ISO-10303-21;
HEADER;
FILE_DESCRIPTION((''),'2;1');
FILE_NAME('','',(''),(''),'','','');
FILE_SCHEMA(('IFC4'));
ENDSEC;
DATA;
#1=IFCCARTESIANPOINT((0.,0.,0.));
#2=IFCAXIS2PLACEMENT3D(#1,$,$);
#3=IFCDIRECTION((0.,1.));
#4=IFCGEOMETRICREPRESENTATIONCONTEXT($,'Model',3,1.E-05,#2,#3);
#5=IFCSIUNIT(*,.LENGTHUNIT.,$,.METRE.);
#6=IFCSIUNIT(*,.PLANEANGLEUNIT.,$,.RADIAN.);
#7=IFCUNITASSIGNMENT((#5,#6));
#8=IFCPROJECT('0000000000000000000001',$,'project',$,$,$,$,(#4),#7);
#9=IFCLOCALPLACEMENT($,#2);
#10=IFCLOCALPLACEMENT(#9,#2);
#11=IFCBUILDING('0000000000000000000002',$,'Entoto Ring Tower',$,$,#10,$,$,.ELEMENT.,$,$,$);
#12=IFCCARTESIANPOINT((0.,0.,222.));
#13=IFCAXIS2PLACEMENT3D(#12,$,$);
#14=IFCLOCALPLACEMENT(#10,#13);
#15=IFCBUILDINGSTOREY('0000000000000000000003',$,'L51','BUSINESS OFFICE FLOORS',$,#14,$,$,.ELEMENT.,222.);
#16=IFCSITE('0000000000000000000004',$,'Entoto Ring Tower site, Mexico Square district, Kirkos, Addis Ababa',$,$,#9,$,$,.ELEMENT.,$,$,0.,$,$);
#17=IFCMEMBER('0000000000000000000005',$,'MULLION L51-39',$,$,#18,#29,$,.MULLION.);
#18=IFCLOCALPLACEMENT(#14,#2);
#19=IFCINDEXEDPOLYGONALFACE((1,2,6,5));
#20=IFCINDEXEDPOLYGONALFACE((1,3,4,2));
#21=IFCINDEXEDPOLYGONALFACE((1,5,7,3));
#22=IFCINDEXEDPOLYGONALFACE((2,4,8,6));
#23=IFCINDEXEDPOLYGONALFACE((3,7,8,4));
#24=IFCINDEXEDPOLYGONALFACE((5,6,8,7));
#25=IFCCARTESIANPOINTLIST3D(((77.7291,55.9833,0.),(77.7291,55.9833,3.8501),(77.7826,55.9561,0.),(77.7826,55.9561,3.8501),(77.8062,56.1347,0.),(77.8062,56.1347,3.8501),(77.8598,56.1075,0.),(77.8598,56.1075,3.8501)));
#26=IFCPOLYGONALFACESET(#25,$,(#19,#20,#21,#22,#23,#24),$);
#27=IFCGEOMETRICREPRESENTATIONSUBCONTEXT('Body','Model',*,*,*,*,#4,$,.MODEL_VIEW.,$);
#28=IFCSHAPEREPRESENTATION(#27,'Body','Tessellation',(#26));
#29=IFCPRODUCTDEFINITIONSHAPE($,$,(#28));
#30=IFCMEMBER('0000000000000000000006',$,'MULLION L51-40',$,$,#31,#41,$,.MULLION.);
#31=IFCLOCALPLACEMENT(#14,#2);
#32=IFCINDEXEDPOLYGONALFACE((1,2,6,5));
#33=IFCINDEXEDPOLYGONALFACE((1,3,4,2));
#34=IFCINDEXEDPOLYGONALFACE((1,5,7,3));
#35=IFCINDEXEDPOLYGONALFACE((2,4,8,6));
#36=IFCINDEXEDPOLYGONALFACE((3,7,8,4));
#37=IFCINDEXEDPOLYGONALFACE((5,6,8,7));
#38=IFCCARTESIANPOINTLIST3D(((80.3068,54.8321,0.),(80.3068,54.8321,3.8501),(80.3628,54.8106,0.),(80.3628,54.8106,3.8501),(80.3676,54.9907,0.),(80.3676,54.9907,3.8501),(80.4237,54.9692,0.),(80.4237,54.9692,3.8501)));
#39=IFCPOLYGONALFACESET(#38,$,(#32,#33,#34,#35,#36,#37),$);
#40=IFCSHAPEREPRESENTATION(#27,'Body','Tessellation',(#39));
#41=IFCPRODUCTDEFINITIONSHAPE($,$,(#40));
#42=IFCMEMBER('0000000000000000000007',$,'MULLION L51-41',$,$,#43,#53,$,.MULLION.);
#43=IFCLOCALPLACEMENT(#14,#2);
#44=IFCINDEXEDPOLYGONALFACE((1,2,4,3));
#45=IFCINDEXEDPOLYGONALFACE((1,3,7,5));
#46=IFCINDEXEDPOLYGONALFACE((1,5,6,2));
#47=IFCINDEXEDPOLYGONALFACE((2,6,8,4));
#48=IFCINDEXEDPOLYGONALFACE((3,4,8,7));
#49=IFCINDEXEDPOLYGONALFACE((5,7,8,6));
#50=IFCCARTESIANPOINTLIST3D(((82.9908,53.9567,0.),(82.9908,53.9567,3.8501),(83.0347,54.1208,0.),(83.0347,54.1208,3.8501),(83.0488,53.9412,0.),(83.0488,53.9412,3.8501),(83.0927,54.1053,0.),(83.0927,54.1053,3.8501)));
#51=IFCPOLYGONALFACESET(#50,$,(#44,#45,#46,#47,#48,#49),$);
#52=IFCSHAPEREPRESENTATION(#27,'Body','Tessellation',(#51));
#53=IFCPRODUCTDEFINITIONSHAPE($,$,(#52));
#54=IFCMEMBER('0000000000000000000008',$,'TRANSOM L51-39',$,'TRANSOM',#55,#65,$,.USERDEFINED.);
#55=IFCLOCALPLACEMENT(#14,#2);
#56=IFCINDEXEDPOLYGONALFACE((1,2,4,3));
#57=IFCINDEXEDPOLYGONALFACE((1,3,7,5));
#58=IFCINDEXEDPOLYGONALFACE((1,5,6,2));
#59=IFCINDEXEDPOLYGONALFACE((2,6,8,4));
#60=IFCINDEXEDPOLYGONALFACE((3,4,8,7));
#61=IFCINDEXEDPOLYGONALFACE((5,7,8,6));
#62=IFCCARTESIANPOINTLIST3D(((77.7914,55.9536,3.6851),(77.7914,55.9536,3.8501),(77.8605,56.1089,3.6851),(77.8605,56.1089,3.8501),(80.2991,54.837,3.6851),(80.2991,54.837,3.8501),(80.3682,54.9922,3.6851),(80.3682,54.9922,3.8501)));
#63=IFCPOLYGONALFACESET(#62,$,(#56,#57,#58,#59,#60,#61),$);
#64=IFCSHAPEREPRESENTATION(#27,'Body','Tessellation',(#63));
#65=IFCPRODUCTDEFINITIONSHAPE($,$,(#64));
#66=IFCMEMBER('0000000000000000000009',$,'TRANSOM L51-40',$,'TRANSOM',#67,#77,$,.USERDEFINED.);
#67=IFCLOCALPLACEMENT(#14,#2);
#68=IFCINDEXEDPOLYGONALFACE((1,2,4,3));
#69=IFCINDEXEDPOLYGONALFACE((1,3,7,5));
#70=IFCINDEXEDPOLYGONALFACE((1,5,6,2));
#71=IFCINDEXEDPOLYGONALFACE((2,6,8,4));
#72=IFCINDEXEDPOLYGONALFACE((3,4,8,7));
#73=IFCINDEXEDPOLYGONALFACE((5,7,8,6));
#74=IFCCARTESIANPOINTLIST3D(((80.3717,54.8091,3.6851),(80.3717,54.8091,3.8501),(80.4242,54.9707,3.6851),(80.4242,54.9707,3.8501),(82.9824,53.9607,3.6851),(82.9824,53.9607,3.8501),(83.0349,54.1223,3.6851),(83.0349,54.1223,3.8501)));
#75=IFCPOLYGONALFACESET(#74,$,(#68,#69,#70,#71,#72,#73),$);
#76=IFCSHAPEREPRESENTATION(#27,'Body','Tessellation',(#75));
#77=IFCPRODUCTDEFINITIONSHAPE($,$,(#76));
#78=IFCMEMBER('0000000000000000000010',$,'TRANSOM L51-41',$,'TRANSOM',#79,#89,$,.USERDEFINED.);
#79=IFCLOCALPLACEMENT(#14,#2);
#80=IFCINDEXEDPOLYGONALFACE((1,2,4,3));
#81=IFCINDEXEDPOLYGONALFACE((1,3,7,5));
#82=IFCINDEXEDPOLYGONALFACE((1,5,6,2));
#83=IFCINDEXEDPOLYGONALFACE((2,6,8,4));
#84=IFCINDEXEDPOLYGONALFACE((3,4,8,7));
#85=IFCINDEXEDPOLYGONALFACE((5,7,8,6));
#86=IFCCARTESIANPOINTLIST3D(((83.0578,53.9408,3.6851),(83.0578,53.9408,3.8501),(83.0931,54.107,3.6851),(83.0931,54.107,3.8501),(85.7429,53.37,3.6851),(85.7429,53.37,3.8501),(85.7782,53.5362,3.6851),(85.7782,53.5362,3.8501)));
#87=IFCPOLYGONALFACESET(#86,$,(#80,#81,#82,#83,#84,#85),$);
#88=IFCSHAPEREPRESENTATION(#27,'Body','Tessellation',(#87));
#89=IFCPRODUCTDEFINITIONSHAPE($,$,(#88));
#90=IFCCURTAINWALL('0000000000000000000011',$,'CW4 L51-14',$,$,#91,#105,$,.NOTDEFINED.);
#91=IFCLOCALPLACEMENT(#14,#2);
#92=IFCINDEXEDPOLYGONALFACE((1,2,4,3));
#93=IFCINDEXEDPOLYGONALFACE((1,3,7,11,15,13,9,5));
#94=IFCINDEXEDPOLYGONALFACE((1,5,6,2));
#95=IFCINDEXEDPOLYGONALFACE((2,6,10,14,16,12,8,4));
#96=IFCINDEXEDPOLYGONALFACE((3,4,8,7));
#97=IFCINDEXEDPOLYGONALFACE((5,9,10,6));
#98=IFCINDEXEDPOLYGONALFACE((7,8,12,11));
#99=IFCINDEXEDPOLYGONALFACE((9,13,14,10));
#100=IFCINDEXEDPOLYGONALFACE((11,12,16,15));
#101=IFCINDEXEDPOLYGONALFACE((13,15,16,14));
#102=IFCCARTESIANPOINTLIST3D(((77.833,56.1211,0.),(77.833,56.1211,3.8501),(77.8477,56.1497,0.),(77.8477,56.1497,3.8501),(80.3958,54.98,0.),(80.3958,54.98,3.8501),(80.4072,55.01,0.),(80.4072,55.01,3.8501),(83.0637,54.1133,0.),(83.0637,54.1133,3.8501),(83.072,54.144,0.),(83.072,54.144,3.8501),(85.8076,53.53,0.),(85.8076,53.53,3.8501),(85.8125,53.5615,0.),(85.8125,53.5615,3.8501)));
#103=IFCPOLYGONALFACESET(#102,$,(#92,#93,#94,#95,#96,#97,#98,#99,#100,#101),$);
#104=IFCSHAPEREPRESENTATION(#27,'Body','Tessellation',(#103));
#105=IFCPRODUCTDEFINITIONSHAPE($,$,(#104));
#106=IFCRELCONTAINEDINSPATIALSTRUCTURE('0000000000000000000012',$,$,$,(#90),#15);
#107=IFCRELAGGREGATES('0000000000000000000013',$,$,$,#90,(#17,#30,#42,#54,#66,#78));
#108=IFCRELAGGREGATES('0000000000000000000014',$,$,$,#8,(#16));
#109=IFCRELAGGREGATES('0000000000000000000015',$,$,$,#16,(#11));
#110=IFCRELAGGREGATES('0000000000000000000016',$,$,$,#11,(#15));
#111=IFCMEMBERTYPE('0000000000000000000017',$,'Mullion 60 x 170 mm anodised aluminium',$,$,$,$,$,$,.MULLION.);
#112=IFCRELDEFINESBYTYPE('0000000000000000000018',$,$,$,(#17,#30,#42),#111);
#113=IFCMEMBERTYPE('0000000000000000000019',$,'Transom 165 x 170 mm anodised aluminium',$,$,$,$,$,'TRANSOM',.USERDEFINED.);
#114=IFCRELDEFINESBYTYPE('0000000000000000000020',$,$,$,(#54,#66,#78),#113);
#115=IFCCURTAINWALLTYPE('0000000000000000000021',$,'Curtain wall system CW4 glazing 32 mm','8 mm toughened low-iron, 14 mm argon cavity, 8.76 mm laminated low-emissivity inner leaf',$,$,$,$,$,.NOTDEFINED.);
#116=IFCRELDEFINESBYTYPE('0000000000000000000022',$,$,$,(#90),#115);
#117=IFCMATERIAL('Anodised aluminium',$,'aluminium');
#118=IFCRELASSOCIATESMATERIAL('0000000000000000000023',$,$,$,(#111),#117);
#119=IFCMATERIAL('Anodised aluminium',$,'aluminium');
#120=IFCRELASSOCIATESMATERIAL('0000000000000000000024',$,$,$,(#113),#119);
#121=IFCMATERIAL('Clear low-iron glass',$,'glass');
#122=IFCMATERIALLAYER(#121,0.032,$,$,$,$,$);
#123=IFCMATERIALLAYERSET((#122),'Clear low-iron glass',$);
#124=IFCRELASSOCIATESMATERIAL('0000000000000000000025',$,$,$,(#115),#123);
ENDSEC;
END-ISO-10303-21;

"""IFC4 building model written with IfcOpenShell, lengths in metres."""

from ifc_helpers import new_model, si_unit, direction, frame, origin, origin_2d, place, context, subcontext, project, spatial, polyline, rectangle, outline, extrude, material, layer, layer_set, material_profile, profile_set, type_object, element, aggregate, save


model = new_model("IFC4")

# Units and contexts
model_context = context("Model", 3, precision=1e-05, world=origin(), true_north=direction((0.0, 1.0)))
body_context = subcontext(model_context, "Body", "Model", "MODEL_VIEW")
ifc_project = project(units=[si_unit("LENGTHUNIT", "METRE"), si_unit("PLANEANGLEUNIT", "RADIAN")], contexts=[model_context])

# Members
ifc_material_1 = material(Name="Anodised aluminium", Category="aluminium")
ifc_material_profile_1 = material_profile(ifc_material_1, rectangle(XDim=0.0601, YDim=0.1699, at=origin_2d()), Name="Mullion 60 x 170 mm anodised aluminium")
ifc_profile_set_1 = profile_set([ifc_material_profile_1], Name="Anodised aluminium")
member_type_1 = type_object("IfcMemberType", Name="Mullion 60 x 170 mm anodised aluminium", PredefinedType="MULLION", material=ifc_profile_set_1)
site_placement = place(None, origin())
building_placement = place(site_placement, origin())
storey_placement = place(building_placement, frame((0.0, 0.0, 222.0)))
member_1_placement = place(storey_placement, frame((77.7944, 56.0454, 0.0), z_axis=(0.0, 0.0, 1.0), x_axis=(0.891007, -0.45399, 0.0)))
member_1 = element("IfcMember", 1, at=member_1_placement, type_object=member_type_1, Name="MULLION L51-39", PredefinedType="MULLION", context=body_context, shape_type="SweptSolid", body=[
    extrude(rectangle(XDim=0.0601, YDim=0.1699, at=origin_2d()), origin(), (0.0, 0.0, 1.0), 3.8501),
])
member_2_placement = place(storey_placement, frame((80.3652, 54.9006, 0.0), z_axis=(0.0, 0.0, 1.0), x_axis=(0.93358, -0.358368, 0.0)))
member_2 = element("IfcMember", 2, at=member_2_placement, type_object=member_type_1, Name="MULLION L51-40", PredefinedType="MULLION", context=body_context, shape_type="SweptSolid", body=[
    extrude(rectangle(XDim=0.0601, YDim=0.1699, at=origin_2d()), origin(), (0.0, 0.0, 1.0), 3.8501),
])
member_3_placement = place(storey_placement, frame((83.0417, 54.031, 0.0), z_axis=(0.0, 0.0, 1.0), x_axis=(0.965926, -0.258819, 0.0)))
member_3 = element("IfcMember", 3, at=member_3_placement, type_object=member_type_1, Name="MULLION L51-41", PredefinedType="MULLION", context=body_context, shape_type="SweptSolid", body=[
    extrude(rectangle(XDim=0.0601, YDim=0.1699, at=origin_2d()), origin(), (0.0, 0.0, 1.0), 3.8501),
])
ifc_material_2 = material(Name="Anodised aluminium", Category="aluminium")
ifc_material_profile_2 = material_profile(ifc_material_2, rectangle(XDim=0.1699, YDim=0.165, at=origin_2d()), Name="Transom 165 x 170 mm anodised aluminium")
ifc_profile_set_2 = profile_set([ifc_material_profile_2], Name="Anodised aluminium")
member_type_2 = type_object("IfcMemberType", Name="Transom 165 x 170 mm anodised aluminium", ElementType="TRANSOM", PredefinedType="USERDEFINED", material=ifc_profile_set_2)
member_4_placement = place(storey_placement, frame((77.8259, 56.0312, 3.7676), z_axis=(0.913525, -0.406782, 0.0), x_axis=(0.406782, 0.913525, 0.0)))
member_4 = element("IfcMember", 4, at=member_4_placement, type_object=member_type_2, Name="TRANSOM L51-39", ObjectType="TRANSOM", PredefinedType="USERDEFINED", context=body_context, shape_type="SweptSolid", body=[
    extrude(rectangle(XDim=0.1699, YDim=0.165, at=origin_2d()), origin(), (0.0, 0.0, 1.0), 2.7451),
])
member_5_placement = place(storey_placement, frame((80.3979, 54.8899, 3.7676), z_axis=(0.951048, -0.309042, 0.0), x_axis=(0.309042, 0.951048, 0.0)))
member_5 = element("IfcMember", 5, at=member_5_placement, type_object=member_type_2, Name="TRANSOM L51-40", ObjectType="TRANSOM", PredefinedType="USERDEFINED", context=body_context, shape_type="SweptSolid", body=[
    extrude(rectangle(XDim=0.1699, YDim=0.165, at=origin_2d()), origin(), (0.0, 0.0, 1.0), 2.7451),
])
member_6_placement = place(storey_placement, frame((83.0754, 54.0239, 3.7676), z_axis=(0.978142, -0.207937, 0.0), x_axis=(0.207937, 0.978142, 0.0)))
member_6 = element("IfcMember", 6, at=member_6_placement, type_object=member_type_2, Name="TRANSOM L51-41", ObjectType="TRANSOM", PredefinedType="USERDEFINED", context=body_context, shape_type="SweptSolid", body=[
    extrude(rectangle(XDim=0.1699, YDim=0.165, at=origin_2d()), origin(), (0.0, 0.0, 1.0), 2.7451),
])

# Site, building, storey
site = spatial("IfcSite", under=ifc_project, at=site_placement, Name="Entoto Ring Tower site, Mexico Square district, Kirkos, Addis Ababa", CompositionType="ELEMENT", RefElevation=0.0)
building = spatial("IfcBuilding", under=site, at=building_placement, Name="Entoto Ring Tower", CompositionType="ELEMENT")
storey = spatial("IfcBuildingStorey", under=building, at=storey_placement, Name="L51", Description="BUSINESS OFFICE FLOORS", CompositionType="ELEMENT", Elevation=222.0)

# Curtain wall
ifc_material_3 = material(Name="Clear low-iron glass", Category="glass")
ifc_layer = layer(ifc_material_3, 0.032)
ifc_layer_set = layer_set([ifc_layer], Name="Clear low-iron glass")
curtain_wall_type = type_object("IfcCurtainWallType", Name="Curtain wall system CW4 glazing 32 mm", Description="8 mm toughened low-iron, 14 mm argon cavity, 8.76 mm laminated low-emissivity inner leaf", PredefinedType="NOTDEFINED", material=ifc_layer_set)
curtain_wall_1_placement = place(storey_placement, origin())
curtain_wall_1 = element("IfcCurtainWall", 7, at=curtain_wall_1_placement, inside=storey, type_object=curtain_wall_type, Name="CW4 L51-14", PredefinedType="NOTDEFINED", context=body_context, shape_type="SweptSolid", body=[
    extrude(outline(polyline([(77.833, 56.1211), (80.3958, 54.98), (83.0637, 54.1133), (85.8076, 53.53), (85.8125, 53.5615), (83.072, 54.144), (80.4072, 55.01), (77.8477, 56.1497), (77.833, 56.1211)])), origin(), (0.0, 0.0, 1.0), 3.8501),
])
aggregate(curtain_wall_1, [member_1, member_2, member_3, member_4, member_5, member_6])

save(model, "model.ifc")
